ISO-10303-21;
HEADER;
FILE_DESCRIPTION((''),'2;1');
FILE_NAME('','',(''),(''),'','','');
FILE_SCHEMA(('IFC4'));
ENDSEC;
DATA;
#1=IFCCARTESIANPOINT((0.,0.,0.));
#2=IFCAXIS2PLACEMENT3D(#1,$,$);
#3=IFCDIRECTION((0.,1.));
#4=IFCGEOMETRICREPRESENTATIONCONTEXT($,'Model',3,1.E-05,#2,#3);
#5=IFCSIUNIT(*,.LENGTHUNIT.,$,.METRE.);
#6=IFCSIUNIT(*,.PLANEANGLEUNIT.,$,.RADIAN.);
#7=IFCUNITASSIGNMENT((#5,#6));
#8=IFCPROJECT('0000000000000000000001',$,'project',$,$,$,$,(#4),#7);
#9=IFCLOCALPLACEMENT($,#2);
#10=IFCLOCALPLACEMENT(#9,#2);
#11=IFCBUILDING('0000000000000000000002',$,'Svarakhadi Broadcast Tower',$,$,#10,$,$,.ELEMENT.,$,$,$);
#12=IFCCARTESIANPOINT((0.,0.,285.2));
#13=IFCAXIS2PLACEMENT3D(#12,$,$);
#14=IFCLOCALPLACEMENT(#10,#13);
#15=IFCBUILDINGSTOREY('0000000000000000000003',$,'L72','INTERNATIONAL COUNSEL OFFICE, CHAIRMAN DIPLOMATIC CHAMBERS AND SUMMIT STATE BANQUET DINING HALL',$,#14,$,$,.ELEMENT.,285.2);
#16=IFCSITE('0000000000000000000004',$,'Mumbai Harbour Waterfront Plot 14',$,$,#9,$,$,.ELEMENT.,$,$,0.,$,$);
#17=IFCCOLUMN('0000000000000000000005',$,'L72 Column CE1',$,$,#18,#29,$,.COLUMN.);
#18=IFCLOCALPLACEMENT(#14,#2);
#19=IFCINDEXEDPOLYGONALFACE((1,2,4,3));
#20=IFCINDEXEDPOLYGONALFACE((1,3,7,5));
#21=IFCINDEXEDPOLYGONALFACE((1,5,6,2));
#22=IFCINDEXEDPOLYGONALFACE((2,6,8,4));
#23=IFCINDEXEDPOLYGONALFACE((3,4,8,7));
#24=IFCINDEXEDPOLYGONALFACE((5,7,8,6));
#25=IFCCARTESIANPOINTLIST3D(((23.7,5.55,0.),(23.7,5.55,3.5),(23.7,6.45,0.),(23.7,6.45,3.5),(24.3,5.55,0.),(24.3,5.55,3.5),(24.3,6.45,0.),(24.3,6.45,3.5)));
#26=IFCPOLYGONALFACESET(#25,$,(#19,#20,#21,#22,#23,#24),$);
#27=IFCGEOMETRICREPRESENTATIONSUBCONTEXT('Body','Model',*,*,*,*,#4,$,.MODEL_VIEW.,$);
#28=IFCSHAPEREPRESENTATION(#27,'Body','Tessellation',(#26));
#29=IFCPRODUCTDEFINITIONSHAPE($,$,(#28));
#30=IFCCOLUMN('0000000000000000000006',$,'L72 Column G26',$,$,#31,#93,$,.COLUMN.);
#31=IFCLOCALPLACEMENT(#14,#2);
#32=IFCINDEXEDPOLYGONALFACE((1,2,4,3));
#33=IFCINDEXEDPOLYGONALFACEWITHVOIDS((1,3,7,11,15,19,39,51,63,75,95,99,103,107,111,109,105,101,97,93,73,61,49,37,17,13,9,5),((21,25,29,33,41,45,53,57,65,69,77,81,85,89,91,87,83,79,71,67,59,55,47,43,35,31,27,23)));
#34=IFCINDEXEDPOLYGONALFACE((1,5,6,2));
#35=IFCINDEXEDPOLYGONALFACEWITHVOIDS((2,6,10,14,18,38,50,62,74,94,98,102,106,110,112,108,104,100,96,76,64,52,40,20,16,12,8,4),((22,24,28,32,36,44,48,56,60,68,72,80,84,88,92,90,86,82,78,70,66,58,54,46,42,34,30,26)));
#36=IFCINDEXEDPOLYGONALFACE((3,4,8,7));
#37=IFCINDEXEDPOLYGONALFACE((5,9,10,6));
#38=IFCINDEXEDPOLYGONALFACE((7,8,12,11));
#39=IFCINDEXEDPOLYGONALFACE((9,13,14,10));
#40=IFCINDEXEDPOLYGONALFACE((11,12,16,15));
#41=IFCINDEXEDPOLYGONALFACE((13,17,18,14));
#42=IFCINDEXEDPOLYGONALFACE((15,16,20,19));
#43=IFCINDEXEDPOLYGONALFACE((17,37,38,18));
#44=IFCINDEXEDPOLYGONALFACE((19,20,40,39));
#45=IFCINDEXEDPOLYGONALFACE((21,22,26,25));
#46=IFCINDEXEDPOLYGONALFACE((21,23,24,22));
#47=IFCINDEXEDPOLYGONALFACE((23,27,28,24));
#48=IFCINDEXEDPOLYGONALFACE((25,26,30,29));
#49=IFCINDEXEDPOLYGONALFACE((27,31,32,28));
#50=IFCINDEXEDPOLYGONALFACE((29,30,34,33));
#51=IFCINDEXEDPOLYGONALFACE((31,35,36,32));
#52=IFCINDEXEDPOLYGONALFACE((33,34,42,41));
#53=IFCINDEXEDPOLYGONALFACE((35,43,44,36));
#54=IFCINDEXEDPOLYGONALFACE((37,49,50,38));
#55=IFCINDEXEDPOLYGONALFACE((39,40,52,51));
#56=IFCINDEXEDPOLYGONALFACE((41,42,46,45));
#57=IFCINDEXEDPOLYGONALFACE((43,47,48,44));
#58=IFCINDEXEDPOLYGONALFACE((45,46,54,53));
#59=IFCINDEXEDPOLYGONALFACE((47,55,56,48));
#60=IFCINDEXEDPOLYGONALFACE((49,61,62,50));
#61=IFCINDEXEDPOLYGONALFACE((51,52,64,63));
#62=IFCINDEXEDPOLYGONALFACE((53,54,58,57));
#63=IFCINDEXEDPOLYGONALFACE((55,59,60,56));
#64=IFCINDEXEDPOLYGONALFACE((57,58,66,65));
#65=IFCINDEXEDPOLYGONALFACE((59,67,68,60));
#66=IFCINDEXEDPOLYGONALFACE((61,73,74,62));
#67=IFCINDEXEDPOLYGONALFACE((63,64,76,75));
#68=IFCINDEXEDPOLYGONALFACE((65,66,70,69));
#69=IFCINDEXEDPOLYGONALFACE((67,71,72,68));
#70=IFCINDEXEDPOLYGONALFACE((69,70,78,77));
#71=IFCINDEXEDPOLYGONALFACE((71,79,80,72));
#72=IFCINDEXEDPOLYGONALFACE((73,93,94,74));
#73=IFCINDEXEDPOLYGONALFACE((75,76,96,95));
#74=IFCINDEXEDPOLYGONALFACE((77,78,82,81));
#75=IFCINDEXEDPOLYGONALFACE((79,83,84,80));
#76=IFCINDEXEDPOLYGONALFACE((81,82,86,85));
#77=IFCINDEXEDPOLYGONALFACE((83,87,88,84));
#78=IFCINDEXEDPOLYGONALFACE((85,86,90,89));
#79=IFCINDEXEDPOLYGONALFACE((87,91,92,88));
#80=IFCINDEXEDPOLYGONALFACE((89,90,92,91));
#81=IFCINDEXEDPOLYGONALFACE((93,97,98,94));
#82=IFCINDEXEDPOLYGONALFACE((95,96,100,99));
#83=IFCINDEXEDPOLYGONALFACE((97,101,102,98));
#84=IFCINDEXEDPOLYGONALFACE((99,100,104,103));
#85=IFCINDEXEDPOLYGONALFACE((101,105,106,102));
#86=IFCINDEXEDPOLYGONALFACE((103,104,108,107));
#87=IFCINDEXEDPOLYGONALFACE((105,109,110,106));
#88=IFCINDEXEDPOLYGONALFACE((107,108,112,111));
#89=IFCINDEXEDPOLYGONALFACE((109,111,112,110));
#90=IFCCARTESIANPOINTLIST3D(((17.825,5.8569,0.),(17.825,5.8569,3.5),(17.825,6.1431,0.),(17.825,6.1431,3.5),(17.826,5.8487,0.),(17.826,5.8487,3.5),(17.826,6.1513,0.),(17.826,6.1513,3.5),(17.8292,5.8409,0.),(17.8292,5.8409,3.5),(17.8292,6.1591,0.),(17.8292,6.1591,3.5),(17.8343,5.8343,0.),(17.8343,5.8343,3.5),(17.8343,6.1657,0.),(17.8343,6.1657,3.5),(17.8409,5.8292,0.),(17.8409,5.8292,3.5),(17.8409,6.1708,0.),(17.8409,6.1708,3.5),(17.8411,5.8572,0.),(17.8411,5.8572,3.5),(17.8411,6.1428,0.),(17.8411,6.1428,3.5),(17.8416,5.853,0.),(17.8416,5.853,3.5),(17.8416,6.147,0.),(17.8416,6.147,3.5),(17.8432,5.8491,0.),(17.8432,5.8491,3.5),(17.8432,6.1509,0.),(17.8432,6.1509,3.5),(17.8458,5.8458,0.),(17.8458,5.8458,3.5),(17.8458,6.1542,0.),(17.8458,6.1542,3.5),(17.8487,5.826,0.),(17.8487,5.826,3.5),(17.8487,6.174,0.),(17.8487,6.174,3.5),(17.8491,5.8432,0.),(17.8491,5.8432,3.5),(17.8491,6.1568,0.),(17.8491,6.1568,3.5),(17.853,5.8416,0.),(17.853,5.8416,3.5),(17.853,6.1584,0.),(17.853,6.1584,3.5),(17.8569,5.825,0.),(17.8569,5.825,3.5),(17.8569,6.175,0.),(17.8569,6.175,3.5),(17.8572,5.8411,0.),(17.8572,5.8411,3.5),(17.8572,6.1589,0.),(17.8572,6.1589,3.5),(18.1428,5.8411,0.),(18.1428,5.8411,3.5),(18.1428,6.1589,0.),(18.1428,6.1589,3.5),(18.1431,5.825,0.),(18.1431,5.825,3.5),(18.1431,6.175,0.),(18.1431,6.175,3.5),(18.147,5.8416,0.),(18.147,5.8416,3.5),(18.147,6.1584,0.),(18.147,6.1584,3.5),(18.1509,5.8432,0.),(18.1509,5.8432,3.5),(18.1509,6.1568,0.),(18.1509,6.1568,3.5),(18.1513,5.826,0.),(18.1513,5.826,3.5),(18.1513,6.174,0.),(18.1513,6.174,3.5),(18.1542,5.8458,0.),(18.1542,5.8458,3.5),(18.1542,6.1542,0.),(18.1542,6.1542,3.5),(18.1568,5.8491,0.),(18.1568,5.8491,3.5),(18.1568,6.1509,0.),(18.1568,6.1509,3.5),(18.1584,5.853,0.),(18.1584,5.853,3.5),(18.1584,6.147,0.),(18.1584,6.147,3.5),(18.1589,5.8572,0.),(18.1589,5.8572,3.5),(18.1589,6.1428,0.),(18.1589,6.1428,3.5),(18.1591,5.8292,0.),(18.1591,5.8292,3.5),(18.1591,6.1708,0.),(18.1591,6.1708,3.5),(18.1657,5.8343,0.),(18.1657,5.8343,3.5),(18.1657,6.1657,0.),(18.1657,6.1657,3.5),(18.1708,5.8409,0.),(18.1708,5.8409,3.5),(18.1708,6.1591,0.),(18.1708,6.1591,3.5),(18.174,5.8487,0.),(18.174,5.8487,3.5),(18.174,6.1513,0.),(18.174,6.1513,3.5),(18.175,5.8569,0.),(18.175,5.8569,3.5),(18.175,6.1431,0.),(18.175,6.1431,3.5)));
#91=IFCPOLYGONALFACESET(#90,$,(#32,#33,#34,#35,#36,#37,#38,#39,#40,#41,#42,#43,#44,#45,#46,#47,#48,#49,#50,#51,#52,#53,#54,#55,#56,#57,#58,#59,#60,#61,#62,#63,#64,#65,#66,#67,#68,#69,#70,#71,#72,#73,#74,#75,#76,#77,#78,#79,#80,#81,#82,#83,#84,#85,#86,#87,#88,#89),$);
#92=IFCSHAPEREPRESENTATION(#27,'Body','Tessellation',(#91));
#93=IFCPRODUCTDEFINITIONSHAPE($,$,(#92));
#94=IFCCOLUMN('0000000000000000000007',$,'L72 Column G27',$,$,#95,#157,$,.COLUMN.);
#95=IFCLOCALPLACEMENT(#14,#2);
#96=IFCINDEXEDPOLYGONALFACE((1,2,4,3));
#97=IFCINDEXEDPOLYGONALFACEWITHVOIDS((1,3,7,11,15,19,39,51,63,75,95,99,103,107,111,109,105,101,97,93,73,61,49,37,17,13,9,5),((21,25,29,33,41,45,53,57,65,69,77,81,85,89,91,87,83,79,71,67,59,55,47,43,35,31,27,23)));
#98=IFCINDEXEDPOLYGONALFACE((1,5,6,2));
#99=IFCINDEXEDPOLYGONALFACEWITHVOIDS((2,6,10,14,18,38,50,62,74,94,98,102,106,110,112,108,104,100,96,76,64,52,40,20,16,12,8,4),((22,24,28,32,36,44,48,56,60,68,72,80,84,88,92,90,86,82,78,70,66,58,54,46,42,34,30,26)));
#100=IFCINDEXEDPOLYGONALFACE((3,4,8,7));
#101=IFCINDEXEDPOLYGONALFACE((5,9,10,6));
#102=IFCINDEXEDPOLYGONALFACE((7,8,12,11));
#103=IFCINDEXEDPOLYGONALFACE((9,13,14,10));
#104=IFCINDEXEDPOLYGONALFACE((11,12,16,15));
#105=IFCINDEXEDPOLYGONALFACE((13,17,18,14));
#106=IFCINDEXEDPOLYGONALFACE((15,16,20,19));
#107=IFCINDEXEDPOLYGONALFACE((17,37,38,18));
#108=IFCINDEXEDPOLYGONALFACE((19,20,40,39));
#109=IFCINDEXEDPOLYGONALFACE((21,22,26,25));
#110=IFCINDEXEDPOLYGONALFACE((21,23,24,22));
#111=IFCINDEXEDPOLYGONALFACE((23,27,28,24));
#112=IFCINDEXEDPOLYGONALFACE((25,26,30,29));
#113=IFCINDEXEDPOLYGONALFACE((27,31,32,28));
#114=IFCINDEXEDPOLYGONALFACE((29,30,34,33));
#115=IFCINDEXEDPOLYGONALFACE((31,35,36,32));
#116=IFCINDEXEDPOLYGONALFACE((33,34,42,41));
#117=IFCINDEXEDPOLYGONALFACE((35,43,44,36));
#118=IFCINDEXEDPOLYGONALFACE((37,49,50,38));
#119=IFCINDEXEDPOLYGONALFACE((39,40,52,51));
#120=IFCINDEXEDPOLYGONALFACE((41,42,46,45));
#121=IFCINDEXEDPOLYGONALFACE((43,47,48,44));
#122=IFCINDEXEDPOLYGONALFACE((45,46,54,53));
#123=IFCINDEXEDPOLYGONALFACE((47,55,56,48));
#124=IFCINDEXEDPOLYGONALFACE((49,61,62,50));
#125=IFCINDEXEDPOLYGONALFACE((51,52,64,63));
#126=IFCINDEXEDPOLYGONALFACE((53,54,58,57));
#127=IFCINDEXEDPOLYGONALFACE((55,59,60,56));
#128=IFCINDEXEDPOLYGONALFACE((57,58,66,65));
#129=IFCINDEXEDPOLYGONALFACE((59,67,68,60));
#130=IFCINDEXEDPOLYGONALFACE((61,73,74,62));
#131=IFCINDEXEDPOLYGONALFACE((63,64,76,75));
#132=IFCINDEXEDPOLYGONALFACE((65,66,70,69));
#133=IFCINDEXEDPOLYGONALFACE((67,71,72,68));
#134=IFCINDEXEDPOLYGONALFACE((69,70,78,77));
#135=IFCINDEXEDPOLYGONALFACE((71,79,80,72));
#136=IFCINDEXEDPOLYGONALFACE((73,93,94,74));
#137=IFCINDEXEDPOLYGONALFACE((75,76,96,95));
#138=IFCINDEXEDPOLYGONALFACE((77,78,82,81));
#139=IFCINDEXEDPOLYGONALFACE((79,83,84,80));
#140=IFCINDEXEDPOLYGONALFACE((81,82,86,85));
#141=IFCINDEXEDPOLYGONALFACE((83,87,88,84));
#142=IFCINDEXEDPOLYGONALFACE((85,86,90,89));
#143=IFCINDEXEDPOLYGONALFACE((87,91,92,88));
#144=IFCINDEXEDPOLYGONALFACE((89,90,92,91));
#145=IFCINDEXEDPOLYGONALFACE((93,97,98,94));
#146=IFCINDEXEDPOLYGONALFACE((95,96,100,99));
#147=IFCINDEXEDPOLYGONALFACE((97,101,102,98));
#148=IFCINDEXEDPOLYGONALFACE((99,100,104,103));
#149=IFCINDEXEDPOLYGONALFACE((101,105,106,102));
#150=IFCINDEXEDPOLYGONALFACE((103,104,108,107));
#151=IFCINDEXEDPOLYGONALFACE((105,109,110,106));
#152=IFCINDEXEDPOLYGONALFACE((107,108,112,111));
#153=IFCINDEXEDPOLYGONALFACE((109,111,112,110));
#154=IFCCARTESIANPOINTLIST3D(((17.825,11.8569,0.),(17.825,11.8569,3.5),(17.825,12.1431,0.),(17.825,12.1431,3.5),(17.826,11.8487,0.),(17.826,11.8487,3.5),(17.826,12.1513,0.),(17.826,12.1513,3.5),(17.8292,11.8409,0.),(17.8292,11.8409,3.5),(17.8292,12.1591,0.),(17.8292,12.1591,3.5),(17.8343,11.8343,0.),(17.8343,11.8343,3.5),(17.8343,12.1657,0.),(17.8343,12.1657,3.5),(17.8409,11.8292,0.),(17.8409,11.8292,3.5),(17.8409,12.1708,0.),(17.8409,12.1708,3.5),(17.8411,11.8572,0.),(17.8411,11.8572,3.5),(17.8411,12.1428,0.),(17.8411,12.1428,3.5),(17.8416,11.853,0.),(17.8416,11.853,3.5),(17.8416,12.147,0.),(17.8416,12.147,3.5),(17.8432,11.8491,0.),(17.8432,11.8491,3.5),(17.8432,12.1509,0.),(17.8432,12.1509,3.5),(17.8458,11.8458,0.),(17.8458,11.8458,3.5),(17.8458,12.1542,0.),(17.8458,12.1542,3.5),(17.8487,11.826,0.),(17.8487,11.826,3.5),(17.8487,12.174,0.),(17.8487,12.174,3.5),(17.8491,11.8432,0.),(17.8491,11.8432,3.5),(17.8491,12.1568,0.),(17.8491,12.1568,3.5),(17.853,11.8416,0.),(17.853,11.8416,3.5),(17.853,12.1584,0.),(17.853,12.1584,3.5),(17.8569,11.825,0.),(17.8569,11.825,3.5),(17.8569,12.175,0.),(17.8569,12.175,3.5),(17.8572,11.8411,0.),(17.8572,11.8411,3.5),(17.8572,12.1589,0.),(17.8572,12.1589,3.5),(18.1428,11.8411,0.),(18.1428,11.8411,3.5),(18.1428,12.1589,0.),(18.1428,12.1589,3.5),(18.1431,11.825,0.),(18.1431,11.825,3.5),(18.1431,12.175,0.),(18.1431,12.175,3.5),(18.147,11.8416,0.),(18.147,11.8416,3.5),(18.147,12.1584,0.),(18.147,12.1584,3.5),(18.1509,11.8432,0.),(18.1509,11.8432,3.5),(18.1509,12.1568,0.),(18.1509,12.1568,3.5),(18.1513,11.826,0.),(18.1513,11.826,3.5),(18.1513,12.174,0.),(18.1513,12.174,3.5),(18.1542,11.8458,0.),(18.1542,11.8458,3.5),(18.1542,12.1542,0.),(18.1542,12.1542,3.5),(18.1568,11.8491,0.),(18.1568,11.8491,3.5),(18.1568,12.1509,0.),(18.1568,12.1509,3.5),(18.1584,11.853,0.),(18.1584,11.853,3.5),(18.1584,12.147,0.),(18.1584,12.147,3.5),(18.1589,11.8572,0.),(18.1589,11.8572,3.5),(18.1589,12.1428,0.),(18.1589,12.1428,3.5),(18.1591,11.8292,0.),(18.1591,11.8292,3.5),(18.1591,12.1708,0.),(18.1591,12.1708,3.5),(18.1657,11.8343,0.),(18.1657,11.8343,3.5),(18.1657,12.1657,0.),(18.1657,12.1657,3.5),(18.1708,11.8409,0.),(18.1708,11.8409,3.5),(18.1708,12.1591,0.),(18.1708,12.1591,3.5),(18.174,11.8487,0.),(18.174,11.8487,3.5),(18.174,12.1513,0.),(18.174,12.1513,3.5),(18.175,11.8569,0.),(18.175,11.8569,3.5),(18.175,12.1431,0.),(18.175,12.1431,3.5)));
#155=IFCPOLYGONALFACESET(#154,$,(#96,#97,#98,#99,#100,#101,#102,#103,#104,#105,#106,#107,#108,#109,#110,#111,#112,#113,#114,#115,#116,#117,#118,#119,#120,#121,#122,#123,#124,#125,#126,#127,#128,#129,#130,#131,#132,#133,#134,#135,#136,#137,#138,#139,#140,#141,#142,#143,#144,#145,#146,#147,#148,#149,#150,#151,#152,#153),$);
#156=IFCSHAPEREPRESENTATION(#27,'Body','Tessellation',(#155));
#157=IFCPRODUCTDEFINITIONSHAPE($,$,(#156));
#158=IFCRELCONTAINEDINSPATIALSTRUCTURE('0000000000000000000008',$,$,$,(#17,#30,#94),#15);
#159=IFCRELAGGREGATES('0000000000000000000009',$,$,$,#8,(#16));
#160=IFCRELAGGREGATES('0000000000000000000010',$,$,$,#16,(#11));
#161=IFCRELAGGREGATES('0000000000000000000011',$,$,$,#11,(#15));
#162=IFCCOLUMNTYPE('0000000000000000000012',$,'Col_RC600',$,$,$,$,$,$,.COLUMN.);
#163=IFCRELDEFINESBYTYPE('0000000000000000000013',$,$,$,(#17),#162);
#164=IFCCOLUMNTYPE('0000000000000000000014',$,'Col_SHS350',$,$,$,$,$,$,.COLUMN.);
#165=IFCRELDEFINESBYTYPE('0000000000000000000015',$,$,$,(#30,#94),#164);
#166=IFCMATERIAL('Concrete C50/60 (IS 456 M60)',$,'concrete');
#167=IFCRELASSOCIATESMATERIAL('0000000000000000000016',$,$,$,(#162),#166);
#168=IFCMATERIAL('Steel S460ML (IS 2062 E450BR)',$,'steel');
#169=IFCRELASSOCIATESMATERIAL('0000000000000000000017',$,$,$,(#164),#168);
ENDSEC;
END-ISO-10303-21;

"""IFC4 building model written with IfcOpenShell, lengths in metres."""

from ifc_helpers import new_model, si_unit, direction, frame, origin, origin_2d, place, context, subcontext, project, spatial, rectangle, hollow_rectangle, extrude, material, material_profile, profile_set, type_object, element, save


model = new_model("IFC4")

# Units and contexts
model_context = context("Model", 3, precision=1e-05, world=origin(), true_north=direction((0.0, 1.0)))
body_context = subcontext(model_context, "Body", "Model", "MODEL_VIEW")
ifc_project = project(units=[si_unit("LENGTHUNIT", "METRE"), si_unit("PLANEANGLEUNIT", "RADIAN")], contexts=[model_context])

# Site, building, storey
site_placement = place(None, origin())
site = spatial("IfcSite", under=ifc_project, at=site_placement, Name="Mumbai Harbour Waterfront Plot 14", CompositionType="ELEMENT", RefElevation=0.0)
building_placement = place(site_placement, origin())
building = spatial("IfcBuilding", under=site, at=building_placement, Name="Svarakhadi Broadcast Tower", CompositionType="ELEMENT")
storey_placement = place(building_placement, frame((0.0, 0.0, 285.2)))
storey = spatial("IfcBuildingStorey", under=building, at=storey_placement, Name="L72", Description="INTERNATIONAL COUNSEL OFFICE, CHAIRMAN DIPLOMATIC CHAMBERS AND SUMMIT STATE BANQUET DINING HALL", CompositionType="ELEMENT", Elevation=285.2)

# Columns
ifc_material_1 = material(Name="Concrete C50/60 (IS 456 M60)", Category="concrete")
ifc_material_profile_1 = material_profile(ifc_material_1, rectangle(XDim=0.6001, YDim=0.8999, at=origin_2d()), Name="RC 600x900")
ifc_profile_set_1 = profile_set([ifc_material_profile_1], Name="Concrete C50/60 (IS 456 M60)")
column_type_1 = type_object("IfcColumnType", Name="Col_RC600", PredefinedType="COLUMN", material=ifc_profile_set_1)
column_placement = place(storey_placement, frame((24.0, 6.0, 0.0), z_axis=(0.0, 0.0, 1.0), x_axis=(1.0, 0.0, 0.0)))
element("IfcColumn", 1, at=column_placement, inside=storey, type_object=column_type_1, Name="L72 Column CE1", PredefinedType="COLUMN", context=body_context, shape_type="SweptSolid", body=[
    extrude(rectangle(XDim=0.6001, YDim=0.8999, at=origin_2d()), origin(), (0.0, 0.0, 1.0), 3.5),
])
ifc_material_2 = material(Name="Steel S460ML (IS 2062 E450BR)", Category="steel")
ifc_material_profile_2 = material_profile(ifc_material_2, hollow_rectangle(XDim=0.3501, YDim=0.3501, WallThickness=0.0161, InnerFilletRadius=0.0161, OuterFilletRadius=0.032, at=origin_2d()), Name="SHS 350x350x16")
ifc_profile_set_2 = profile_set([ifc_material_profile_2], Name="Steel S460ML (IS 2062 E450BR)")
column_type_2 = type_object("IfcColumnType", Name="Col_SHS350", PredefinedType="COLUMN", material=ifc_profile_set_2)
for number, where, z_axis, x_axis, name in (
    (2, (18.0, 6.0, 0.0), (0.0, 0.0, 1.0), (1.0, 0.0, 0.0), "L72 Column G26"),
    (3, (18.0, 12.0, 0.0), (0.0, 0.0, 1.0), (1.0, 0.0, 0.0), "L72 Column G27"),
):
    element("IfcColumn", number, at=place(storey_placement, frame(where, z_axis=z_axis, x_axis=x_axis)), inside=storey, type_object=column_type_2, Name=name, PredefinedType="COLUMN", context=body_context, shape_type="SweptSolid", body=[
        extrude(hollow_rectangle(XDim=0.3501, YDim=0.3501, WallThickness=0.0161, InnerFilletRadius=0.0161, OuterFilletRadius=0.032, at=origin_2d()), origin(), (0.0, 0.0, 1.0), 3.5),
    ])

save(model, "model.ifc")
